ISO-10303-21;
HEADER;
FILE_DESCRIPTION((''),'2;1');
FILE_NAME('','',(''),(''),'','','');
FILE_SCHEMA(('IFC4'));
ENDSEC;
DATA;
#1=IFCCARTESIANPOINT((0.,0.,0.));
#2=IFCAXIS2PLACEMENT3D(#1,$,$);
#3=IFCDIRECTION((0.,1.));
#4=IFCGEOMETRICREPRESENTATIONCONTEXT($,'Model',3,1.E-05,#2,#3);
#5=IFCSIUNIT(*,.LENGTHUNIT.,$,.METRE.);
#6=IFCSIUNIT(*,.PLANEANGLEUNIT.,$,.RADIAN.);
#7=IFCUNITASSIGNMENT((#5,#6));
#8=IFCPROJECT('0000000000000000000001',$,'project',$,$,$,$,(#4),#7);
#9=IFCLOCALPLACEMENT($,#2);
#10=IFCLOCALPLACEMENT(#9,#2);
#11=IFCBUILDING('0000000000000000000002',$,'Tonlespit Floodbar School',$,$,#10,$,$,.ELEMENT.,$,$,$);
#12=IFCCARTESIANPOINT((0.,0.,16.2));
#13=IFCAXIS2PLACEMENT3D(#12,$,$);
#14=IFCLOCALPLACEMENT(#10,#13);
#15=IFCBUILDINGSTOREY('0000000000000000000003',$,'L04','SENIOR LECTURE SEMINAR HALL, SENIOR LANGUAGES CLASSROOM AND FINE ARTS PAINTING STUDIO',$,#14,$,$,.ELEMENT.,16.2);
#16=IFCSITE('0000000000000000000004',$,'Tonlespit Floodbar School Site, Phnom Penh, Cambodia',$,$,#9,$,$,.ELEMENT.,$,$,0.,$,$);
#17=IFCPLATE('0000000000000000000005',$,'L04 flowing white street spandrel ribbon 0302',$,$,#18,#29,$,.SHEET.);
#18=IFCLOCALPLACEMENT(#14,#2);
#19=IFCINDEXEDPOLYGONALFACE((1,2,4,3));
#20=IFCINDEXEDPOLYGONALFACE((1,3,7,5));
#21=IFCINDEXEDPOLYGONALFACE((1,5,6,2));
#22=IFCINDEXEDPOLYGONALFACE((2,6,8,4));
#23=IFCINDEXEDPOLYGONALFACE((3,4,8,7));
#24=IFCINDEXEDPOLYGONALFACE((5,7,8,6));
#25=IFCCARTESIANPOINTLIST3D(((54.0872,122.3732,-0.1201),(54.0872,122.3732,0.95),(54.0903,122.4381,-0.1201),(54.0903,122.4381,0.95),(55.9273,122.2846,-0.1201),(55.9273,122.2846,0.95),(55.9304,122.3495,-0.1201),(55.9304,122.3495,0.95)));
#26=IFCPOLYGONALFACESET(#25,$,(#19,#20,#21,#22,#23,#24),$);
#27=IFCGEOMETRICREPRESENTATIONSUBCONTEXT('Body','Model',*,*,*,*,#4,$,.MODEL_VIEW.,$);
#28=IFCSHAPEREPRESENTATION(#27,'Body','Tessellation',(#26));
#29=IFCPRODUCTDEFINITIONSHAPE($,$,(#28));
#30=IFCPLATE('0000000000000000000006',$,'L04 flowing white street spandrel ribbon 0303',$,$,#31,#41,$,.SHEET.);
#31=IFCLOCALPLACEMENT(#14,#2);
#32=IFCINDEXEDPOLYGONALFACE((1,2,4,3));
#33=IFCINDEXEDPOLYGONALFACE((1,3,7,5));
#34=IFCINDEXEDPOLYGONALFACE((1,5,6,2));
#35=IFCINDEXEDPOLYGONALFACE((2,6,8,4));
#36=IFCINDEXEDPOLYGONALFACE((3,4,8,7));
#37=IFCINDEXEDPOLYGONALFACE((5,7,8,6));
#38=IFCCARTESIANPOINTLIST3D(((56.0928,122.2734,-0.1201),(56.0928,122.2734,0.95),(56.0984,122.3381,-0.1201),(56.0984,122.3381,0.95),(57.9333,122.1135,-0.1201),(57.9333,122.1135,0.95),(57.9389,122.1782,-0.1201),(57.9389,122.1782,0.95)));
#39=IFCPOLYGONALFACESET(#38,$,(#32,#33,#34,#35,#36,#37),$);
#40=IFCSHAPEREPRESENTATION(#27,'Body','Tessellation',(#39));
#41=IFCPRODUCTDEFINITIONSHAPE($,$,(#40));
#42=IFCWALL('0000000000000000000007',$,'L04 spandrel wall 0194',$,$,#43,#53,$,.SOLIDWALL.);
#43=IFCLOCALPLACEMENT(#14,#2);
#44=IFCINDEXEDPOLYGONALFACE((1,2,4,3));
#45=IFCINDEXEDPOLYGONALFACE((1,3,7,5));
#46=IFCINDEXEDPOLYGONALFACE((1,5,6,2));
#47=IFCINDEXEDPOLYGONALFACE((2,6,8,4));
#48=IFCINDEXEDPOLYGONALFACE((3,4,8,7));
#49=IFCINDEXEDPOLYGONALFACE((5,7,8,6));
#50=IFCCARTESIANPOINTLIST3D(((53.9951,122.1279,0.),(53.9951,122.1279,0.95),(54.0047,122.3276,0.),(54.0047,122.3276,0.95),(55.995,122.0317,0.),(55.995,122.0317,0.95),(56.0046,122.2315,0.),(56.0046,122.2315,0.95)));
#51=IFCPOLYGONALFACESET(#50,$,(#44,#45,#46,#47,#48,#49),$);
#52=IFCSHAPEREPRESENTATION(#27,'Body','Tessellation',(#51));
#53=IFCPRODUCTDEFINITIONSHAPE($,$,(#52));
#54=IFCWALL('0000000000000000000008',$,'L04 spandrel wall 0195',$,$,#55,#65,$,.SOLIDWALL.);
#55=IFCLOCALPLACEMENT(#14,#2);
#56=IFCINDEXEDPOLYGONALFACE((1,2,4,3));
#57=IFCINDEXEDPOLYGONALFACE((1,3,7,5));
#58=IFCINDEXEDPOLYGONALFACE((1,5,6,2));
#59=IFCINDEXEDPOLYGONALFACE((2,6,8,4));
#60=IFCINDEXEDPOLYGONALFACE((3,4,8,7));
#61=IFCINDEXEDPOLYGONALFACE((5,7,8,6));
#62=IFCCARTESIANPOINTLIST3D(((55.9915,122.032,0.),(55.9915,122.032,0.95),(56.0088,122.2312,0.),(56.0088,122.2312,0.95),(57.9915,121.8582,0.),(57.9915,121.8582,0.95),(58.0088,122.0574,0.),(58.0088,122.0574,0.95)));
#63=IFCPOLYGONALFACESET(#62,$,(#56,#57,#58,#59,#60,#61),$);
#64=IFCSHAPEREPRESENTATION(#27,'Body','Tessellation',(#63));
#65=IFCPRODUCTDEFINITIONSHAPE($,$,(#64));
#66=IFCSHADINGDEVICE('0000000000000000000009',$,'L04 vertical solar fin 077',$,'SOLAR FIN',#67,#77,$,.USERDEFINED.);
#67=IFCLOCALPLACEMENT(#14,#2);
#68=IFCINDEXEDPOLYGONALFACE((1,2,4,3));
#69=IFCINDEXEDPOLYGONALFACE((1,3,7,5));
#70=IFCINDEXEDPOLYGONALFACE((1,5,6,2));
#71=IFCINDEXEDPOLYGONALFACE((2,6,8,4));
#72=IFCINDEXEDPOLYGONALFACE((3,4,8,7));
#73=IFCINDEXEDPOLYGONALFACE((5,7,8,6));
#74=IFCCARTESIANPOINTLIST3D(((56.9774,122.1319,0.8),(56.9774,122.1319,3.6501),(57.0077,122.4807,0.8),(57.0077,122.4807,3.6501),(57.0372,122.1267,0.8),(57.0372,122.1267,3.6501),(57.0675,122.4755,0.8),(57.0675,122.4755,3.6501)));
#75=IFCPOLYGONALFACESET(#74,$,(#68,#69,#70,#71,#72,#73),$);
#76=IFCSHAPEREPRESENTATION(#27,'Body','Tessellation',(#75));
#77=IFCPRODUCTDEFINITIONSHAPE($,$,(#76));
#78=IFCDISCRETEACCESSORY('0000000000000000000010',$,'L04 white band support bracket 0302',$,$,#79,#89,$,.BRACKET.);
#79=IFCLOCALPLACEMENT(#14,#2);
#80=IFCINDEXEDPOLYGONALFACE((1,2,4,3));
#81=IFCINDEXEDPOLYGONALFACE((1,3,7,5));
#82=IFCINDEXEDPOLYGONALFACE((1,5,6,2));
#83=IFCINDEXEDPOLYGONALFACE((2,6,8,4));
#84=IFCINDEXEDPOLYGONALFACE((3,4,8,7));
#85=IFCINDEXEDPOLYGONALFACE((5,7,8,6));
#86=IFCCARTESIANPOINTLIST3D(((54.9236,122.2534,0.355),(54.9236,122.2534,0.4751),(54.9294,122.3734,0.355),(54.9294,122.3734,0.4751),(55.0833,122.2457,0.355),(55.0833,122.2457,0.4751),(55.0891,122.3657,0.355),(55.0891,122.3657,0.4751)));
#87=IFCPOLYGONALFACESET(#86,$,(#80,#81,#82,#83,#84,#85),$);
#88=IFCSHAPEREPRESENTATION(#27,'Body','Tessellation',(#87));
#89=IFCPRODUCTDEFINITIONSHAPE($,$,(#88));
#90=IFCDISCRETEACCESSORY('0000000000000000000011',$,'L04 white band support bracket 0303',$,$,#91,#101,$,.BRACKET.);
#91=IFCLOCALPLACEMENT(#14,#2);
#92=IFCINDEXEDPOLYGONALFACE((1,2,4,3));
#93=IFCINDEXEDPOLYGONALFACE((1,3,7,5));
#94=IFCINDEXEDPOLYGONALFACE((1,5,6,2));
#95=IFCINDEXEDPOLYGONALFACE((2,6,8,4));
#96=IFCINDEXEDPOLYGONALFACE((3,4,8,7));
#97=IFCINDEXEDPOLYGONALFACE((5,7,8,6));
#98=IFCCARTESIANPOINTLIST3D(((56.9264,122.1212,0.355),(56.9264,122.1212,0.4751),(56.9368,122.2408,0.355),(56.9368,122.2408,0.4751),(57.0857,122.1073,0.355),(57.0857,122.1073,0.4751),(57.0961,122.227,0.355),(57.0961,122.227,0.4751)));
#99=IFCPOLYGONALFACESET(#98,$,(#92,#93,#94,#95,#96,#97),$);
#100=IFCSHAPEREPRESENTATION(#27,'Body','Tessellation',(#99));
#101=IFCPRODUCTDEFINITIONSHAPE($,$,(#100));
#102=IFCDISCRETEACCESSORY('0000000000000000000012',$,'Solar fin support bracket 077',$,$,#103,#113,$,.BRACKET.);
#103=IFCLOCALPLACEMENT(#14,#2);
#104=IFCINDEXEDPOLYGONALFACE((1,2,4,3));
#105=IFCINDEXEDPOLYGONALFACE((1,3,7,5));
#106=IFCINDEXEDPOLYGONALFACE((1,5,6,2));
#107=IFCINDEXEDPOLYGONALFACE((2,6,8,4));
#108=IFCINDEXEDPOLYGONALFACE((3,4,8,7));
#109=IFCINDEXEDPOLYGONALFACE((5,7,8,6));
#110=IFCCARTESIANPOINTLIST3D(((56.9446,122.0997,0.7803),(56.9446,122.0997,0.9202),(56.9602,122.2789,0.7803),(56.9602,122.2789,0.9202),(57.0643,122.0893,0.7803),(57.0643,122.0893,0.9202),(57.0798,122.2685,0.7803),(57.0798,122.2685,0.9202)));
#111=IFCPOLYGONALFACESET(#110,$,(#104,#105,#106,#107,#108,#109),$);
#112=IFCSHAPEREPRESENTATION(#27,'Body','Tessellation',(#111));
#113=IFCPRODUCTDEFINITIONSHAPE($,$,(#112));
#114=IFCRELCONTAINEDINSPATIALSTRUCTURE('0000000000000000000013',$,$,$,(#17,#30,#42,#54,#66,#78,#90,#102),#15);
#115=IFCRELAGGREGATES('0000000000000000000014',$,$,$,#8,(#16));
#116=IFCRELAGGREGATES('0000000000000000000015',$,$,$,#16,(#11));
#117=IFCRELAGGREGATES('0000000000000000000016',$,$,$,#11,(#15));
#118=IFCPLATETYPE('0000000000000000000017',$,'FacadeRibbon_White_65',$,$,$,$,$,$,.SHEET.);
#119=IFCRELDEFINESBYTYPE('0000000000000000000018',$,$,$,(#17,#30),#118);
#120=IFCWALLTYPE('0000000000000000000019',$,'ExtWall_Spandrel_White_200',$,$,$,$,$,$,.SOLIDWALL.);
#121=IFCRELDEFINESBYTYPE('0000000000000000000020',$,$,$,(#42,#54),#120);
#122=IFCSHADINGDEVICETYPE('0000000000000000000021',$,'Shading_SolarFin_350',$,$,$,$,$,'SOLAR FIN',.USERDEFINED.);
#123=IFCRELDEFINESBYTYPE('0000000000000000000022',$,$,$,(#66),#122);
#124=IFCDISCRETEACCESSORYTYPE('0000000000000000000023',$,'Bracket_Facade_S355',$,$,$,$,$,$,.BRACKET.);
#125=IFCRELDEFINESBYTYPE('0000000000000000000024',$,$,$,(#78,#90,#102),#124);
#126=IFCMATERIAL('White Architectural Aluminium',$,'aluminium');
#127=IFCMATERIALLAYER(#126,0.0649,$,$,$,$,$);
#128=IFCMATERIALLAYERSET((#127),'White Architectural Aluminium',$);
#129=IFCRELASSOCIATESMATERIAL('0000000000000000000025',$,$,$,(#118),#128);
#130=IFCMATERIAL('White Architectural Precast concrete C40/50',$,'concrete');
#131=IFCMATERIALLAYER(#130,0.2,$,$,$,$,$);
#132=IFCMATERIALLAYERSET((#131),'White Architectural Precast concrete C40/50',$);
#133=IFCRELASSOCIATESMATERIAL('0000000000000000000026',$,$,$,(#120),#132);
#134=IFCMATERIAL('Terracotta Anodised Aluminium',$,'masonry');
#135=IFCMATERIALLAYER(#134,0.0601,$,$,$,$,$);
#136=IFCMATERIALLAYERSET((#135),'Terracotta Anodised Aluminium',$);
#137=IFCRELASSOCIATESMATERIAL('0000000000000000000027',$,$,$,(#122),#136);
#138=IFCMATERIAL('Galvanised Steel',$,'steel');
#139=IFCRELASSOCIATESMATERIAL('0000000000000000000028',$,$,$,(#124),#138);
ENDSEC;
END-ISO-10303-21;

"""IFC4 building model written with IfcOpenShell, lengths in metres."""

from ifc_helpers import new_model, si_unit, direction, frame, frame_2d, origin, origin_2d, place, context, subcontext, project, spatial, rectangle, extrude, material, layer, layer_set, type_object, element, save


model = new_model("IFC4")

# Units and contexts
model_context = context("Model", 3, precision=1e-05, world=origin(), true_north=direction((0.0, 1.0)))
body_context = subcontext(model_context, "Body", "Model", "MODEL_VIEW")
ifc_project = project(units=[si_unit("LENGTHUNIT", "METRE"), si_unit("PLANEANGLEUNIT", "RADIAN")], contexts=[model_context])

# Site, building, storey
site_placement = place(None, origin())
site = spatial("IfcSite", under=ifc_project, at=site_placement, Name="Tonlespit Floodbar School Site, Phnom Penh, Cambodia", CompositionType="ELEMENT", RefElevation=0.0)
building_placement = place(site_placement, origin())
building = spatial("IfcBuilding", under=site, at=building_placement, Name="Tonlespit Floodbar School", CompositionType="ELEMENT")
storey_placement = place(building_placement, frame((0.0, 0.0, 16.2)))
storey = spatial("IfcBuildingStorey", under=building, at=storey_placement, Name="L04", Description="SENIOR LECTURE SEMINAR HALL, SENIOR LANGUAGES CLASSROOM AND FINE ARTS PAINTING STUDIO", CompositionType="ELEMENT", Elevation=16.2)

# Plates
ifc_material_1 = material(Name="White Architectural Aluminium", Category="aluminium")
ifc_layer_1 = layer(ifc_material_1, 0.0649)
ifc_layer_set_1 = layer_set([ifc_layer_1], Name="White Architectural Aluminium")
plate_type_1 = type_object("IfcPlateType", Name="FacadeRibbon_White_65", PredefinedType="SHEET", material=ifc_layer_set_1)
plate_1_placement = place(storey_placement, frame((55.0088, 122.3613, -0.1201), z_axis=(0.0, 0.0, 1.0), x_axis=(0.998843, -0.048095, 0.0)))
element("IfcPlate", 1, at=plate_1_placement, inside=storey, type_object=plate_type_1, Name="L04 flowing white street spandrel ribbon 0302", PredefinedType="SHEET", context=body_context, shape_type="SweptSolid", body=[
    extrude(rectangle(XDim=1.8423, YDim=0.0649, at=origin_2d()), origin(), (0.0, 0.0, 1.0), 1.0701),
])
plate_2_placement = place(storey_placement, frame((57.0159, 122.2258, -0.1201), z_axis=(0.0, 0.0, 1.0), x_axis=(0.996245, -0.086573, 0.0)))
element("IfcPlate", 2, at=plate_2_placement, inside=storey, type_object=plate_type_1, Name="L04 flowing white street spandrel ribbon 0303", PredefinedType="SHEET", context=body_context, shape_type="SweptSolid", body=[
    extrude(rectangle(XDim=1.8474, YDim=0.0649, at=origin_2d()), origin(), (0.0, 0.0, 1.0), 1.0701),
])

# Walls
ifc_material_2 = material(Name="White Architectural Precast concrete C40/50", Category="concrete")
ifc_layer_2 = layer(ifc_material_2, 0.2)
ifc_layer_set_2 = layer_set([ifc_layer_2], Name="White Architectural Precast concrete C40/50")
wall_type = type_object("IfcWallType", Name="ExtWall_Spandrel_White_200", PredefinedType="SOLIDWALL", material=ifc_layer_set_2)
wall_1_placement = place(storey_placement, frame((54.0, 122.2278, 0.0), z_axis=(0.0, 0.0, 1.0), x_axis=(0.998845, -0.04804, 0.0)))
element("IfcWall", 3, at=wall_1_placement, inside=storey, type_object=wall_type, Name="L04 spandrel wall 0194", PredefinedType="SOLIDWALL", context=body_context, shape_type="SweptSolid", body=[
    extrude(rectangle(XDim=2.0022, YDim=0.2, at=frame_2d((1.001, 0.0))), origin(), (0.0, 0.0, 1.0), 0.95),
])
wall_2_placement = place(storey_placement, frame((56.0, 122.1316, 0.0), z_axis=(0.0, 0.0, 1.0), x_axis=(0.996244, -0.086588, 0.0)))
element("IfcWall", 4, at=wall_2_placement, inside=storey, type_object=wall_type, Name="L04 spandrel wall 0195", PredefinedType="SOLIDWALL", context=body_context, shape_type="SweptSolid", body=[
    extrude(rectangle(XDim=2.0076, YDim=0.2, at=frame_2d((1.0039, 0.0))), origin(), (0.0, 0.0, 1.0), 0.95),
])

# Shading device
ifc_material_3 = material(Name="Terracotta Anodised Aluminium", Category="masonry")
ifc_layer_3 = layer(ifc_material_3, 0.0601)
ifc_layer_set_3 = layer_set([ifc_layer_3], Name="Terracotta Anodised Aluminium")
shading_device_type = type_object("IfcShadingDeviceType", Name="Shading_SolarFin_350", ElementType="SOLAR FIN", PredefinedType="USERDEFINED", material=ifc_layer_set_3)
shading_device_placement = place(storey_placement, frame((57.0225, 122.3037, 0.8), z_axis=(0.0, 0.0, 1.0), x_axis=(0.996245, -0.086573, 0.0)))
element("IfcShadingDevice", 5, at=shading_device_placement, inside=storey, type_object=shading_device_type, Name="L04 vertical solar fin 077", ObjectType="SOLAR FIN", PredefinedType="USERDEFINED", context=body_context, shape_type="SweptSolid", body=[
    extrude(rectangle(XDim=0.0601, YDim=0.3501, at=origin_2d()), origin(), (0.0, 0.0, 1.0), 2.8501),
])

# Discrete accessories
ifc_material_4 = material(Name="Galvanised Steel", Category="steel")
discrete_accessory_type = type_object("IfcDiscreteAccessoryType", Name="Bracket_Facade_S355", PredefinedType="BRACKET", material=ifc_material_4)
for number, where, z_axis, x_axis, name in (
    (6, (55.0063, 122.3096, 0.355), (0.0, 0.0, 1.0), (0.998843, -0.048095, 0.0), "L04 white band support bracket 0302"),
    (7, (57.0112, 122.1741, 0.355), (0.0, 0.0, 1.0), (0.996245, -0.086573, 0.0), "L04 white band support bracket 0303"),
):
    element("IfcDiscreteAccessory", number, at=place(storey_placement, frame(where, z_axis=z_axis, x_axis=x_axis)), inside=storey, type_object=discrete_accessory_type, Name=name, PredefinedType="BRACKET", context=body_context, shape_type="SweptSolid", body=[
        extrude(rectangle(XDim=0.1599, YDim=0.1201, at=origin_2d()), origin(), (0.0, 0.0, 1.0), 0.1201),
    ])
discrete_accessory_placement = place(storey_placement, frame((57.0122, 122.1841, 0.7803), z_axis=(0.0, 0.0, 1.0), x_axis=(0.996245, -0.086573, 0.0)))
element("IfcDiscreteAccessory", 8, at=discrete_accessory_placement, inside=storey, type_object=discrete_accessory_type, Name="Solar fin support bracket 077", PredefinedType="BRACKET", context=body_context, shape_type="SweptSolid", body=[
    extrude(rectangle(XDim=0.1201, YDim=0.1799, at=origin_2d()), origin(), (0.0, 0.0, 1.0), 0.1399),
])

save(model, "model.ifc")
